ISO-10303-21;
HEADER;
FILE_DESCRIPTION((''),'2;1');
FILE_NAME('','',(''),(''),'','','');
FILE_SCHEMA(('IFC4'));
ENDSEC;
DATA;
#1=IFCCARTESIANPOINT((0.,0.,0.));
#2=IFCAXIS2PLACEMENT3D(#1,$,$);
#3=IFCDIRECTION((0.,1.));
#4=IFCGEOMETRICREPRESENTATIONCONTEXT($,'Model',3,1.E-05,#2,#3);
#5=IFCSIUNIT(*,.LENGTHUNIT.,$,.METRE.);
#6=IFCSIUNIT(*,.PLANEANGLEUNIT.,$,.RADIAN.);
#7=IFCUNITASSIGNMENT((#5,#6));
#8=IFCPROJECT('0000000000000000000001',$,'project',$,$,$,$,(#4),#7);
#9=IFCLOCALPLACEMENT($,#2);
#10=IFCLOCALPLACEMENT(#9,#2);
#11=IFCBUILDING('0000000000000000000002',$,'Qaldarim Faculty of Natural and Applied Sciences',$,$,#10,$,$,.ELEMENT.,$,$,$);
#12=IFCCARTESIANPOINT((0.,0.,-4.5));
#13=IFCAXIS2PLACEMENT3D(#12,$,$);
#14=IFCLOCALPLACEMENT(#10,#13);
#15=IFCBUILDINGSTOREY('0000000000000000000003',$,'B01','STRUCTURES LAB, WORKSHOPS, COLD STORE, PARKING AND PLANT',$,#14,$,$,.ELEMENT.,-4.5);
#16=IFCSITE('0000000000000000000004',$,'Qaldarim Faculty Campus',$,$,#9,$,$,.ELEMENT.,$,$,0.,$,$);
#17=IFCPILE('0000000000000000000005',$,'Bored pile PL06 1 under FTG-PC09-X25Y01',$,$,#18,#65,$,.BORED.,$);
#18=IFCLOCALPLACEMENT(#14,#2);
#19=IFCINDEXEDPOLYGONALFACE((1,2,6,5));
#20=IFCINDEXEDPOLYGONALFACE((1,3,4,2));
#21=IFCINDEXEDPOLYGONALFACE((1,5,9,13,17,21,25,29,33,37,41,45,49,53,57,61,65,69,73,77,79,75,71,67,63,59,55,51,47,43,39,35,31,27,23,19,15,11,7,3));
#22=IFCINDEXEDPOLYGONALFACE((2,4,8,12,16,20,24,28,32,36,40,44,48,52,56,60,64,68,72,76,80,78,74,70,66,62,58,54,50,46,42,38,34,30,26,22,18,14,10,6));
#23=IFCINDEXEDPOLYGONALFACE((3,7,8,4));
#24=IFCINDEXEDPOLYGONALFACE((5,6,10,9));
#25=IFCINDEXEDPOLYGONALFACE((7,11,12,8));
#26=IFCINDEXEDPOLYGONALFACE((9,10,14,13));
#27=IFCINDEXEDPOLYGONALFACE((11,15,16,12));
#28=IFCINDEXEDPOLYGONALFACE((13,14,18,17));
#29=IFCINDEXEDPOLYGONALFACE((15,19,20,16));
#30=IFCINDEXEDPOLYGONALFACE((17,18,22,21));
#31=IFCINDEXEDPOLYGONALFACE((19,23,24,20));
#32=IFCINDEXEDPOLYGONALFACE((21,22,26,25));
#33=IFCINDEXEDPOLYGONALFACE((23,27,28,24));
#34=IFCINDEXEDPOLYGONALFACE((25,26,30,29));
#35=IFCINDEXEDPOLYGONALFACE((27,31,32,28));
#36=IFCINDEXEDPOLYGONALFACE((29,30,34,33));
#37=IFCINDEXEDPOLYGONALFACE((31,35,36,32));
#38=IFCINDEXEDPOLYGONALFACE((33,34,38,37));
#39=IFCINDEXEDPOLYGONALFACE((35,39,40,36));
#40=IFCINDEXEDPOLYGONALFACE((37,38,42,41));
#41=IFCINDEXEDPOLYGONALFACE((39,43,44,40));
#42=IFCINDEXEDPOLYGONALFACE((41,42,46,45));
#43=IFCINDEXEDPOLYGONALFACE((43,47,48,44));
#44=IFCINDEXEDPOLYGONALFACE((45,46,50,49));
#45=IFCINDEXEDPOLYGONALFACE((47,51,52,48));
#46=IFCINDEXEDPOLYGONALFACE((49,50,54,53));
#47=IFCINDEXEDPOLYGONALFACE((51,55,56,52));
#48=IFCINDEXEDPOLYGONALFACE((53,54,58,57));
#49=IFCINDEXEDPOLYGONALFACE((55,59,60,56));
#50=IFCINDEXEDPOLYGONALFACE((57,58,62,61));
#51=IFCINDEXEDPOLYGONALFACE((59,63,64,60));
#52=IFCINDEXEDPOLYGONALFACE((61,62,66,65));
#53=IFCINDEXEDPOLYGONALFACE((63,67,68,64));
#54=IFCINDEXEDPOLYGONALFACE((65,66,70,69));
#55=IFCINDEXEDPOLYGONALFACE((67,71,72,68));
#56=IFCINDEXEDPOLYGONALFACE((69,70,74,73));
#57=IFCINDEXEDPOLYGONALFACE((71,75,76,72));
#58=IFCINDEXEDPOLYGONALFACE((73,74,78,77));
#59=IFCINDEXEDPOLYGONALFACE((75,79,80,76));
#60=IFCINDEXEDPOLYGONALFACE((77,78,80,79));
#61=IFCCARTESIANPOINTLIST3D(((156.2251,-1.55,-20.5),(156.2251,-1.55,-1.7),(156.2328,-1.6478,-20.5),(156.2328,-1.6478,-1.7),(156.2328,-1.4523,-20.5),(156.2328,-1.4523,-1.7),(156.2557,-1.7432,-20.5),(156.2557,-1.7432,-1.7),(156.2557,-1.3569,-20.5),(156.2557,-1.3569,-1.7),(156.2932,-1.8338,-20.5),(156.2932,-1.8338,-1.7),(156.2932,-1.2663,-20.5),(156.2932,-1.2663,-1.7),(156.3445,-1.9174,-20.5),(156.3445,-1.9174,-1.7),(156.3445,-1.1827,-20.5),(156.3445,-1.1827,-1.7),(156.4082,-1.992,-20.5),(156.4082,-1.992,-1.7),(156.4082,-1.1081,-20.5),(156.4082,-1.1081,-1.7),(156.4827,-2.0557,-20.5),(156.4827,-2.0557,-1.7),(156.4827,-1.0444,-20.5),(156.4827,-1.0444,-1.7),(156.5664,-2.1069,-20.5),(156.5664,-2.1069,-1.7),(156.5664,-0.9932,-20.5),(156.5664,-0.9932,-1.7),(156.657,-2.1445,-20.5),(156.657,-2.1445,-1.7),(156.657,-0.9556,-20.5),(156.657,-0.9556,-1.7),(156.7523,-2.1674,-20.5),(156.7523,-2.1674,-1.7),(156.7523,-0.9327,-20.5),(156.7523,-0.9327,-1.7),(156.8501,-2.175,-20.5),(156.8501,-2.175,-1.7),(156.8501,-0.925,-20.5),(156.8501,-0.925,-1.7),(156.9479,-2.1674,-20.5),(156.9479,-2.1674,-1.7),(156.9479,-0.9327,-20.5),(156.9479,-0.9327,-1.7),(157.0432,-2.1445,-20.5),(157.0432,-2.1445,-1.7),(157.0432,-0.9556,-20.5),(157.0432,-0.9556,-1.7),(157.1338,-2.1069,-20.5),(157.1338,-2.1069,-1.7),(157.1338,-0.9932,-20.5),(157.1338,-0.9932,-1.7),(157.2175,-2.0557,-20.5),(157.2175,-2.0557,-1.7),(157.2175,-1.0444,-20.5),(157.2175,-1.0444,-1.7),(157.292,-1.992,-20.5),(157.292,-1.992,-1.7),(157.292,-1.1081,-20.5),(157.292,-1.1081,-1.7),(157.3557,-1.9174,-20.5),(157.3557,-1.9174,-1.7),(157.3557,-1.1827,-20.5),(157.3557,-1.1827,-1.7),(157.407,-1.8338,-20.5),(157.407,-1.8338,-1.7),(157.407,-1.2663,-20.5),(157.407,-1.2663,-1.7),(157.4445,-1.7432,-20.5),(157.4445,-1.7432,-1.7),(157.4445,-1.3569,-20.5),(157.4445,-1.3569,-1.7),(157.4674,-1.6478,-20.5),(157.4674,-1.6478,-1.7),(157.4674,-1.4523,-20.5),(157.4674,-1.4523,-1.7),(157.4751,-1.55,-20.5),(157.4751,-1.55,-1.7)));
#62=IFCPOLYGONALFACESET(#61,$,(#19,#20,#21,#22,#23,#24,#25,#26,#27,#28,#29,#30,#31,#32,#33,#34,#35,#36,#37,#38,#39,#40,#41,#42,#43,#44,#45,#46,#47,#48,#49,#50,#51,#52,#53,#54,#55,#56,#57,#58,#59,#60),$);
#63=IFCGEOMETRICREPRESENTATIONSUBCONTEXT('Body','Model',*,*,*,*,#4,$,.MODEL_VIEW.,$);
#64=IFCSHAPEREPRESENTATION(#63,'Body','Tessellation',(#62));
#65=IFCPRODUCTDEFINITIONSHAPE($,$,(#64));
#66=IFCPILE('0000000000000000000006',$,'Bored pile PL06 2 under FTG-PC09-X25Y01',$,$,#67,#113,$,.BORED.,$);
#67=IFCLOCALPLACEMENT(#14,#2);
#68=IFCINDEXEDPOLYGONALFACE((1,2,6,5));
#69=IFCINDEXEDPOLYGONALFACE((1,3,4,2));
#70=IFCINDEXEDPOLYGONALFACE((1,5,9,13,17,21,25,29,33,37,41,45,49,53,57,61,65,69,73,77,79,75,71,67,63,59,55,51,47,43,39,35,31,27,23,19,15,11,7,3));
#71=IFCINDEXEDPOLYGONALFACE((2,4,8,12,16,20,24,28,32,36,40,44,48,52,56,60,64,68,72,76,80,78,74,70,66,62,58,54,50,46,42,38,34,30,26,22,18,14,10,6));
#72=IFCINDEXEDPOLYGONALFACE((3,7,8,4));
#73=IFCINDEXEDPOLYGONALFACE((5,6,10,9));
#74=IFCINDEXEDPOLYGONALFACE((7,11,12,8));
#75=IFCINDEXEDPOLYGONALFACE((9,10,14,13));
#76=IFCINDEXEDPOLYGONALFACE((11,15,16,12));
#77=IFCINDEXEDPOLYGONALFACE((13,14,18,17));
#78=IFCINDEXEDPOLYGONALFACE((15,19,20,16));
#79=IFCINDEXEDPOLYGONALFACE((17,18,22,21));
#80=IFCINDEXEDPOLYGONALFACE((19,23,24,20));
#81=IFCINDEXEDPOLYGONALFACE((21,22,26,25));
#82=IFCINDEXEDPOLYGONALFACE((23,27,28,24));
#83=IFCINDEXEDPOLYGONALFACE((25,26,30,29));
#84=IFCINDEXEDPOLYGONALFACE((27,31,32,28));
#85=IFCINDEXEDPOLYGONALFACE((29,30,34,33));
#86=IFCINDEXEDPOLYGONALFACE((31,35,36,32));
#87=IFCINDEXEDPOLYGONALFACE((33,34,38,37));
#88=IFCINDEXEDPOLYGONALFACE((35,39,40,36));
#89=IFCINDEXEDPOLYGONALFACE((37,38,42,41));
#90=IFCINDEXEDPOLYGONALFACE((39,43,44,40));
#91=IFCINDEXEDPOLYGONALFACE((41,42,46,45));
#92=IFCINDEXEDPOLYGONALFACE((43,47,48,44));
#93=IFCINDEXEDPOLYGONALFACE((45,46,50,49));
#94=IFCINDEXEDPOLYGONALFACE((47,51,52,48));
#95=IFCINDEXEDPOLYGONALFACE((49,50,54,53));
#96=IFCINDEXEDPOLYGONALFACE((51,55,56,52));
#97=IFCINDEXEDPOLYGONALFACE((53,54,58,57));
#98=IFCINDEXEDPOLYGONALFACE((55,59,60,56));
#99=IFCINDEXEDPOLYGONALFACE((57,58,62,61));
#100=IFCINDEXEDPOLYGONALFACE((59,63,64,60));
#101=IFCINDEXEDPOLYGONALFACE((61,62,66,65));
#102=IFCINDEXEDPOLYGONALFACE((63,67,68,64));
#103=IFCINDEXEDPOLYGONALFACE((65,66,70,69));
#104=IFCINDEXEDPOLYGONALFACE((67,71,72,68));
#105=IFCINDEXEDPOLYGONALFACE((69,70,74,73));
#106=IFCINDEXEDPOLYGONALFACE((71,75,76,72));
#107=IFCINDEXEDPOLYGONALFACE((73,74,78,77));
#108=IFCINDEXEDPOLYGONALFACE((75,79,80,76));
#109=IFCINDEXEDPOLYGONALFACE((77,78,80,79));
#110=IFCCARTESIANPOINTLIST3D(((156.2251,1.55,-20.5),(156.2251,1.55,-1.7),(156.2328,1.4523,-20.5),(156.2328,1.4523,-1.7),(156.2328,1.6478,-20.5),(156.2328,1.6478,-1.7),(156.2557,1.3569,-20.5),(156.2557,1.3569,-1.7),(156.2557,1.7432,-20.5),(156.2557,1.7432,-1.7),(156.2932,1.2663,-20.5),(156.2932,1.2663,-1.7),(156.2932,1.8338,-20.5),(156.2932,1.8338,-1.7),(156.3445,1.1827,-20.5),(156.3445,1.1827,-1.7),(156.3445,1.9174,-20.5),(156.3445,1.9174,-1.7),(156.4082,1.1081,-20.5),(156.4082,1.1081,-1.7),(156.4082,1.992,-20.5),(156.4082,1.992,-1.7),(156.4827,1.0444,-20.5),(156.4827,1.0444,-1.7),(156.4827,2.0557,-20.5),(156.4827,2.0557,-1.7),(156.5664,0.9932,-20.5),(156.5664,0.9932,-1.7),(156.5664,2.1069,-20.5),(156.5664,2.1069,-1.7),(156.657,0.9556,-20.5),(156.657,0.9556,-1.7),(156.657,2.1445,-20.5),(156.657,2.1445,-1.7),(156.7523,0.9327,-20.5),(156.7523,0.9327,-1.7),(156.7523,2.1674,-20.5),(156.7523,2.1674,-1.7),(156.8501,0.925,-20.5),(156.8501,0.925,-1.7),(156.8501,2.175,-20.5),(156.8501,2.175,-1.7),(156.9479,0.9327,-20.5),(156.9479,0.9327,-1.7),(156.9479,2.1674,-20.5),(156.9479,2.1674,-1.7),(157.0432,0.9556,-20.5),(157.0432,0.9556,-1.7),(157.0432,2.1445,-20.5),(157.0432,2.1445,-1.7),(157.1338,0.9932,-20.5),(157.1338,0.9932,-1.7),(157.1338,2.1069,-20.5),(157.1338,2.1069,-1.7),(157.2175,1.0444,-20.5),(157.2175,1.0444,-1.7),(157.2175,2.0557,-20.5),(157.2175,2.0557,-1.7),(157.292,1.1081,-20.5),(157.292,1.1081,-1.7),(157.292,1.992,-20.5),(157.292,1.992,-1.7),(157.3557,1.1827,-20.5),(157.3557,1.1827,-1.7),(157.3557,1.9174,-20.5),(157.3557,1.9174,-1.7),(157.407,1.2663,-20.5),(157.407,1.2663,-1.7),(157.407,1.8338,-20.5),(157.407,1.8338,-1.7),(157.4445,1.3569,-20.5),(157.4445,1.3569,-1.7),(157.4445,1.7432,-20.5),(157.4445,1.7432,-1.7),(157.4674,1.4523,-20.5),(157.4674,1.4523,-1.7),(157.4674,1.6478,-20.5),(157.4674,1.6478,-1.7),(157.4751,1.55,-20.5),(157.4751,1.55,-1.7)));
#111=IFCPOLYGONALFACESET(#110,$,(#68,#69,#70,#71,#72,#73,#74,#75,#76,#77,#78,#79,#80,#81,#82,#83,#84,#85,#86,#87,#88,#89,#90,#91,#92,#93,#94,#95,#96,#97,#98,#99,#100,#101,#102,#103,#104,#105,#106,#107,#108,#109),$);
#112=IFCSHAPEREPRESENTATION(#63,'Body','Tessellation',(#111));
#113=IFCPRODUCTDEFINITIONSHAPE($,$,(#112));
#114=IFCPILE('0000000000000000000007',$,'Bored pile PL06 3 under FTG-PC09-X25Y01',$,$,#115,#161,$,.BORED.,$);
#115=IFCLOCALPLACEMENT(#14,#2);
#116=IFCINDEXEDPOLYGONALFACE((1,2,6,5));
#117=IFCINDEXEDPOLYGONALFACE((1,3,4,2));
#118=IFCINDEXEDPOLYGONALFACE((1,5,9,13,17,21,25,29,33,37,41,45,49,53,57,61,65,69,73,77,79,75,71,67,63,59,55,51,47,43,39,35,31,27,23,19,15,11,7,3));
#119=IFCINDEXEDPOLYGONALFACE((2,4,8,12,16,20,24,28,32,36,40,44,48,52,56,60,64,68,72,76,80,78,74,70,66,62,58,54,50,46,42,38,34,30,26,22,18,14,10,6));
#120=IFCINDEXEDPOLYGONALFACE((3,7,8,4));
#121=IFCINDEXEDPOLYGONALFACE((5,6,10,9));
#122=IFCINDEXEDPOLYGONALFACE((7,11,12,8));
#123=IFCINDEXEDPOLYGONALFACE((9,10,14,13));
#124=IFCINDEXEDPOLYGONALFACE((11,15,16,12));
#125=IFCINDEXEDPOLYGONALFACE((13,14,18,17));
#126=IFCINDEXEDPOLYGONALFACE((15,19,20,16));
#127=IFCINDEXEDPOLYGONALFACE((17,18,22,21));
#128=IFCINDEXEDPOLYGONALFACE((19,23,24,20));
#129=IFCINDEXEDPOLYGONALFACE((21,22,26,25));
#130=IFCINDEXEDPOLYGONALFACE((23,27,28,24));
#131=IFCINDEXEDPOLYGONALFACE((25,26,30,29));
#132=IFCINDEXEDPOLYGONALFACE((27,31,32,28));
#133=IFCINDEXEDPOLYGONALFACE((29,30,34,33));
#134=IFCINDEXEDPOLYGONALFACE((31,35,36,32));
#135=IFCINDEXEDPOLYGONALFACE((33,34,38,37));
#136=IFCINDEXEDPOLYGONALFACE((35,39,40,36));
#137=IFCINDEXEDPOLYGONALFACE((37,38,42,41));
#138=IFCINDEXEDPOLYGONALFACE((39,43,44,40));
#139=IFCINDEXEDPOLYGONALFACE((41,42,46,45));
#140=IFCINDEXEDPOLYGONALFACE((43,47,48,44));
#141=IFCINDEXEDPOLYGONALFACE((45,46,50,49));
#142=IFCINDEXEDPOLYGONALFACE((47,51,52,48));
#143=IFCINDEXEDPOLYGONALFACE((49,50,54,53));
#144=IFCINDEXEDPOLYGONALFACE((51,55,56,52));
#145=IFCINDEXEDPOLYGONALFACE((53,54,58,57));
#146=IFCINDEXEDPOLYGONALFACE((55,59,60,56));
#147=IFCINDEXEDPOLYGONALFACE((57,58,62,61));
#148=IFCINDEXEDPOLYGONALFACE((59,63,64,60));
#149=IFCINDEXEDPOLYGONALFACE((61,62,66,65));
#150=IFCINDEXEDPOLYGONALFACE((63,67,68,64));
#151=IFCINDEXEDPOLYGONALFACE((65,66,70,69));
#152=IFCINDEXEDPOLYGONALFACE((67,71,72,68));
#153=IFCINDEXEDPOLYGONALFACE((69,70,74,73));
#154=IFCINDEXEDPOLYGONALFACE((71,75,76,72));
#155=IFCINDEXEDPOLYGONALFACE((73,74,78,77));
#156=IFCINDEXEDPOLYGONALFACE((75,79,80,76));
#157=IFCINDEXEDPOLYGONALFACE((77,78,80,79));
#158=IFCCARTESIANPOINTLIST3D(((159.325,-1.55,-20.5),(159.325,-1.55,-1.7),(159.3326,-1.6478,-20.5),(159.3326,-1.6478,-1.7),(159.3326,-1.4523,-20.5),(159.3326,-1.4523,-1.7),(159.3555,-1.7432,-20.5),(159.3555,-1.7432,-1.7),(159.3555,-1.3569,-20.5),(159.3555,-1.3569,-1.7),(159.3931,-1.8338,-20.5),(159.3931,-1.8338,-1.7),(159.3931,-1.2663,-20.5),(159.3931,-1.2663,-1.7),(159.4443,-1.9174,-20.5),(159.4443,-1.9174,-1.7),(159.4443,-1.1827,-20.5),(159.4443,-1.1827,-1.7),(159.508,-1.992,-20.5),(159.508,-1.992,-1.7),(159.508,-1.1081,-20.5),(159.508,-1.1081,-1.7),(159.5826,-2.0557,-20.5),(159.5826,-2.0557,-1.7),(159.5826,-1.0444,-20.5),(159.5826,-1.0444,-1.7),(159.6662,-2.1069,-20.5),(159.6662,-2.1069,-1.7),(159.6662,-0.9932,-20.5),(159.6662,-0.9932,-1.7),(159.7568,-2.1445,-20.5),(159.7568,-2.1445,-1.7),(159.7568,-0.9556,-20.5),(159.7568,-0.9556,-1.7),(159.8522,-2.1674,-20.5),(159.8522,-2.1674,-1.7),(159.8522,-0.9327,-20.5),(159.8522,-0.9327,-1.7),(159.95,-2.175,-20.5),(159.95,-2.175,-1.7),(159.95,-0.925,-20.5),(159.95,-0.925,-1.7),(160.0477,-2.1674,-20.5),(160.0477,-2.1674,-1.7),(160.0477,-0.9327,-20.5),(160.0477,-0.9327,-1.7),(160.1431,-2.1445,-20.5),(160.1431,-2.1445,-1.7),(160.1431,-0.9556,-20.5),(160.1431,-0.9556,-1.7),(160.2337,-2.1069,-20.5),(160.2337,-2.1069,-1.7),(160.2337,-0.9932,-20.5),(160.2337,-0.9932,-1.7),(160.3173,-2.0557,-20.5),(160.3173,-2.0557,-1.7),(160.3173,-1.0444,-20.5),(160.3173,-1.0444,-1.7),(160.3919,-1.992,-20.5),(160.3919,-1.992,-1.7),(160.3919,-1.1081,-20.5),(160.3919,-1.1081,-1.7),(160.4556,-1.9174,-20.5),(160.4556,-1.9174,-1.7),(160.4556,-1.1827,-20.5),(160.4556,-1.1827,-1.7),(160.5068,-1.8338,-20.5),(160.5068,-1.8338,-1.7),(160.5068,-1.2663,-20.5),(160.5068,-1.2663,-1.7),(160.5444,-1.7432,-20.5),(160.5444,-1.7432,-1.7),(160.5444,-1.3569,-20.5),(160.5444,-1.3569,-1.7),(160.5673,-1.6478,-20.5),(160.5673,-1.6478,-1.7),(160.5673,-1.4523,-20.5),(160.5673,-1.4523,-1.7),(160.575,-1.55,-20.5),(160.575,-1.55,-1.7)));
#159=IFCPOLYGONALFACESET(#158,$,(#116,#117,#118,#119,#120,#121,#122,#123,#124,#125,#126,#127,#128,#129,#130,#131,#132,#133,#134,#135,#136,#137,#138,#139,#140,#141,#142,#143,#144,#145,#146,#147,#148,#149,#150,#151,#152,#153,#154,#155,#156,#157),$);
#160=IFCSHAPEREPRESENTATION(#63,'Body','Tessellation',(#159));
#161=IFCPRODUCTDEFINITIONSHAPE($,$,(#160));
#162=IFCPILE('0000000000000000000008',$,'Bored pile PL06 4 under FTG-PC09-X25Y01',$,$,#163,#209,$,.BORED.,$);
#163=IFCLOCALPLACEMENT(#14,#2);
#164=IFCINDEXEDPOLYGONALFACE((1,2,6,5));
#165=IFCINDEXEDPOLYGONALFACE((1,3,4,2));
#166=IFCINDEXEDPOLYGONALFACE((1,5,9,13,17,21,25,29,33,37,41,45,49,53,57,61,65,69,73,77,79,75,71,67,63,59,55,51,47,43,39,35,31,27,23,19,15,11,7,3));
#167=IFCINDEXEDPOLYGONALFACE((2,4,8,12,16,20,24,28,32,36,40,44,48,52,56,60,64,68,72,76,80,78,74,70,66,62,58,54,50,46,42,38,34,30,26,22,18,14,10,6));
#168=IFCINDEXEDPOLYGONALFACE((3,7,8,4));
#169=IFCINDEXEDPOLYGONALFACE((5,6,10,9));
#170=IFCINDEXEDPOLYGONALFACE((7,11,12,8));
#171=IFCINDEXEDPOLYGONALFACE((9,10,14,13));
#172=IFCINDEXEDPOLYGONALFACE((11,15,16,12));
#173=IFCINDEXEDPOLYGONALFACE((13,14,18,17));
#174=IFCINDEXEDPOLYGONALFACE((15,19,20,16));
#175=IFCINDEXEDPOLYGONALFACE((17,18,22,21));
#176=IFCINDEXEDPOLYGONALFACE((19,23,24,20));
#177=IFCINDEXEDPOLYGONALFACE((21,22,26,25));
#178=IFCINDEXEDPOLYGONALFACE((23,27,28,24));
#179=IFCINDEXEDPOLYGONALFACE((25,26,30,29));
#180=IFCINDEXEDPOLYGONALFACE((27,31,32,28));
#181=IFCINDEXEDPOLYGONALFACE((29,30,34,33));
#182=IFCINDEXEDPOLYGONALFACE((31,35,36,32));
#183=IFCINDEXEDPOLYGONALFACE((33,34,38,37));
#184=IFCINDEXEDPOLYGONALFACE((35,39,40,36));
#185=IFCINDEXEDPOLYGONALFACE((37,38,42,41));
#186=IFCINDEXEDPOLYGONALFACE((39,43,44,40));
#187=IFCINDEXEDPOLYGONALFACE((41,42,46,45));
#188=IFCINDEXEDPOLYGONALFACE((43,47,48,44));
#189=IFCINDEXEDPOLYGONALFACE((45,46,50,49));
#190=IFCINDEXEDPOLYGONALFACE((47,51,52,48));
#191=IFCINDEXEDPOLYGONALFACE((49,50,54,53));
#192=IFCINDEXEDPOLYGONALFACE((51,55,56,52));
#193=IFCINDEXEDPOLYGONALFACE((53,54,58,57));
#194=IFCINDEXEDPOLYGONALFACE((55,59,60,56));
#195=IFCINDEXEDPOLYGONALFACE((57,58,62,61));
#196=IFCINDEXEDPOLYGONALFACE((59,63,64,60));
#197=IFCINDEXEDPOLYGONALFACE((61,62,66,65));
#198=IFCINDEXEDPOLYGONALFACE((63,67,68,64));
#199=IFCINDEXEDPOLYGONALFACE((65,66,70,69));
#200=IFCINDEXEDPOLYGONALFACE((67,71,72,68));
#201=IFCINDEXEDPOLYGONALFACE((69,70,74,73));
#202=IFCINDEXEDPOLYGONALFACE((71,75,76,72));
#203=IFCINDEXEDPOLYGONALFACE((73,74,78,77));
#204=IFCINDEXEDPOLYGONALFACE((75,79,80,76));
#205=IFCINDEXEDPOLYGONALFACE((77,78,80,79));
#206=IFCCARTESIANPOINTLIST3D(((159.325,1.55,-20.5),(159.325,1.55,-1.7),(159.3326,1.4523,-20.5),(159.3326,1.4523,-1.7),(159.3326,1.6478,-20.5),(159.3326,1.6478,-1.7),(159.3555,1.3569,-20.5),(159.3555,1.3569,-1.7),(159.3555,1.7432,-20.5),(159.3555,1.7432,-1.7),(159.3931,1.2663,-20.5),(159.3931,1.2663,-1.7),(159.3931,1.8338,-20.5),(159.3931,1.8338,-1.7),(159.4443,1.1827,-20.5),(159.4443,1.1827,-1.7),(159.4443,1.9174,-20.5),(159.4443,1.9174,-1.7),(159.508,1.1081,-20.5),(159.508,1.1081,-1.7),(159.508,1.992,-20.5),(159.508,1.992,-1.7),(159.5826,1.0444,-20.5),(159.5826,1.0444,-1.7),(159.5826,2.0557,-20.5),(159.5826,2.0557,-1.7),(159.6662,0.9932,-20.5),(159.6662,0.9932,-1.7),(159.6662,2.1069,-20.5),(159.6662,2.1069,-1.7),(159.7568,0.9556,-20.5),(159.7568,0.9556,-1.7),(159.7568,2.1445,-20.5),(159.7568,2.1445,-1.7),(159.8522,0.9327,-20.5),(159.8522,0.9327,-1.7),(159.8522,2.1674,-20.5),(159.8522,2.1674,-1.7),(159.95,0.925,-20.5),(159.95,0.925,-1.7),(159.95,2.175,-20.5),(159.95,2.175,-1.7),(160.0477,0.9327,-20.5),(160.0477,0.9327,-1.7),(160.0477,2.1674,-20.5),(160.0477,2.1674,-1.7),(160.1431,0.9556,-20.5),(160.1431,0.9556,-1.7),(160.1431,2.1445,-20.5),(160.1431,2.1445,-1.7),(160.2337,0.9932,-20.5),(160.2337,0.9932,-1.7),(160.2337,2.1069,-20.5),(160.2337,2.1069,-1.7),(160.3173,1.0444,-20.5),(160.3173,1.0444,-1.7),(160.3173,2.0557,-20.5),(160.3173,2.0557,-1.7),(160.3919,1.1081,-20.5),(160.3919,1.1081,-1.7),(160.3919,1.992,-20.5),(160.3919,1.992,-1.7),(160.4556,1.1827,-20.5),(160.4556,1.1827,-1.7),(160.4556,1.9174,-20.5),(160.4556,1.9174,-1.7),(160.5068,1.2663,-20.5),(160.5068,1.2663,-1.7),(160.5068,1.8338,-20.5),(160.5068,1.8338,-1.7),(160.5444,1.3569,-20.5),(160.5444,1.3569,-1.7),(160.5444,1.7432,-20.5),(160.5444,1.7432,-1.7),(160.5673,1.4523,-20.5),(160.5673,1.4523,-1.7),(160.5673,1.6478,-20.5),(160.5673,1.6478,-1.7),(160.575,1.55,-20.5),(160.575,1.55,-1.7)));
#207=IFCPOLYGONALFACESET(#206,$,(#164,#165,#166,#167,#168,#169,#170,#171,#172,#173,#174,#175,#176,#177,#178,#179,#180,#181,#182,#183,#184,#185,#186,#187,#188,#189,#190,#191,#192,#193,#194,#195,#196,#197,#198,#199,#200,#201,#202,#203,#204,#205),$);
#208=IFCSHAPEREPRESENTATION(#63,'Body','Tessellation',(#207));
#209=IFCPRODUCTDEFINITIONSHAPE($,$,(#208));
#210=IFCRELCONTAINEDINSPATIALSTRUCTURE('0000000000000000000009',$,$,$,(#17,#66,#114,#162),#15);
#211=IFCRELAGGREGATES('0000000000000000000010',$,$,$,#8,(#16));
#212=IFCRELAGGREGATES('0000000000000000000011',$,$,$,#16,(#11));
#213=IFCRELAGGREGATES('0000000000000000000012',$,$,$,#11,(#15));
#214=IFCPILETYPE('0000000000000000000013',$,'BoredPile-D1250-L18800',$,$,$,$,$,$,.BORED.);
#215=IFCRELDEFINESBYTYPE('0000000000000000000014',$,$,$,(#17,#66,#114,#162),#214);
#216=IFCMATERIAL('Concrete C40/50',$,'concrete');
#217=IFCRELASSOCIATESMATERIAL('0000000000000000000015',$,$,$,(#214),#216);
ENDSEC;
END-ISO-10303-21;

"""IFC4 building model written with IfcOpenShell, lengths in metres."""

from ifc_helpers import new_model, si_unit, direction, frame, origin, origin_2d, place, context, subcontext, project, spatial, circle, extrude, material, material_profile, profile_set, type_object, element, save


model = new_model("IFC4")

# Units and contexts
model_context = context("Model", 3, precision=1e-05, world=origin(), true_north=direction((0.0, 1.0)))
body_context = subcontext(model_context, "Body", "Model", "MODEL_VIEW")
ifc_project = project(units=[si_unit("LENGTHUNIT", "METRE"), si_unit("PLANEANGLEUNIT", "RADIAN")], contexts=[model_context])

# Site, building, storey
site_placement = place(None, origin())
site = spatial("IfcSite", under=ifc_project, at=site_placement, Name="Qaldarim Faculty Campus", CompositionType="ELEMENT", RefElevation=0.0)
building_placement = place(site_placement, origin())
building = spatial("IfcBuilding", under=site, at=building_placement, Name="Qaldarim Faculty of Natural and Applied Sciences", CompositionType="ELEMENT")
storey_placement = place(building_placement, frame((0.0, 0.0, -4.5)))
storey = spatial("IfcBuildingStorey", under=building, at=storey_placement, Name="B01", Description="STRUCTURES LAB, WORKSHOPS, COLD STORE, PARKING AND PLANT", CompositionType="ELEMENT", Elevation=-4.5)

# Piles
ifc_material_1 = material(Name="Concrete C40/50", Category="concrete")
ifc_material_profile_1 = material_profile(ifc_material_1, circle(Radius=0.625, at=origin_2d()), Name="PILE-D1250")
ifc_profile_set_1 = profile_set([ifc_material_profile_1], Name="Concrete C40/50")
pile_type_1 = type_object("IfcPileType", Name="BoredPile-D1250-L18800", PredefinedType="BORED", material=ifc_profile_set_1)
for number, where, z_axis, x_axis, name in (
    (1, (156.8501, -1.55, -1.7), (0.0, 0.0, -1.0), (1.0, 0.0, 0.0), "Bored pile PL06 1 under FTG-PC09-X25Y01"),
    (2, (156.8501, 1.55, -1.7), (0.0, 0.0, -1.0), (1.0, 0.0, 0.0), "Bored pile PL06 2 under FTG-PC09-X25Y01"),
    (3, (159.95, -1.55, -1.7), (0.0, 0.0, -1.0), (1.0, 0.0, 0.0), "Bored pile PL06 3 under FTG-PC09-X25Y01"),
    (4, (159.95, 1.55, -1.7), (0.0, 0.0, -1.0), (1.0, 0.0, 0.0), "Bored pile PL06 4 under FTG-PC09-X25Y01"),
):
    element("IfcPile", number, at=place(storey_placement, frame(where, z_axis=z_axis, x_axis=x_axis)), inside=storey, type_object=pile_type_1, Name=name, PredefinedType="BORED", context=body_context, shape_type="SweptSolid", body=[
        extrude(circle(Radius=0.625, at=origin_2d()), origin(), (0.0, 0.0, 1.0), 18.8),
    ])

save(model, "model.ifc")
